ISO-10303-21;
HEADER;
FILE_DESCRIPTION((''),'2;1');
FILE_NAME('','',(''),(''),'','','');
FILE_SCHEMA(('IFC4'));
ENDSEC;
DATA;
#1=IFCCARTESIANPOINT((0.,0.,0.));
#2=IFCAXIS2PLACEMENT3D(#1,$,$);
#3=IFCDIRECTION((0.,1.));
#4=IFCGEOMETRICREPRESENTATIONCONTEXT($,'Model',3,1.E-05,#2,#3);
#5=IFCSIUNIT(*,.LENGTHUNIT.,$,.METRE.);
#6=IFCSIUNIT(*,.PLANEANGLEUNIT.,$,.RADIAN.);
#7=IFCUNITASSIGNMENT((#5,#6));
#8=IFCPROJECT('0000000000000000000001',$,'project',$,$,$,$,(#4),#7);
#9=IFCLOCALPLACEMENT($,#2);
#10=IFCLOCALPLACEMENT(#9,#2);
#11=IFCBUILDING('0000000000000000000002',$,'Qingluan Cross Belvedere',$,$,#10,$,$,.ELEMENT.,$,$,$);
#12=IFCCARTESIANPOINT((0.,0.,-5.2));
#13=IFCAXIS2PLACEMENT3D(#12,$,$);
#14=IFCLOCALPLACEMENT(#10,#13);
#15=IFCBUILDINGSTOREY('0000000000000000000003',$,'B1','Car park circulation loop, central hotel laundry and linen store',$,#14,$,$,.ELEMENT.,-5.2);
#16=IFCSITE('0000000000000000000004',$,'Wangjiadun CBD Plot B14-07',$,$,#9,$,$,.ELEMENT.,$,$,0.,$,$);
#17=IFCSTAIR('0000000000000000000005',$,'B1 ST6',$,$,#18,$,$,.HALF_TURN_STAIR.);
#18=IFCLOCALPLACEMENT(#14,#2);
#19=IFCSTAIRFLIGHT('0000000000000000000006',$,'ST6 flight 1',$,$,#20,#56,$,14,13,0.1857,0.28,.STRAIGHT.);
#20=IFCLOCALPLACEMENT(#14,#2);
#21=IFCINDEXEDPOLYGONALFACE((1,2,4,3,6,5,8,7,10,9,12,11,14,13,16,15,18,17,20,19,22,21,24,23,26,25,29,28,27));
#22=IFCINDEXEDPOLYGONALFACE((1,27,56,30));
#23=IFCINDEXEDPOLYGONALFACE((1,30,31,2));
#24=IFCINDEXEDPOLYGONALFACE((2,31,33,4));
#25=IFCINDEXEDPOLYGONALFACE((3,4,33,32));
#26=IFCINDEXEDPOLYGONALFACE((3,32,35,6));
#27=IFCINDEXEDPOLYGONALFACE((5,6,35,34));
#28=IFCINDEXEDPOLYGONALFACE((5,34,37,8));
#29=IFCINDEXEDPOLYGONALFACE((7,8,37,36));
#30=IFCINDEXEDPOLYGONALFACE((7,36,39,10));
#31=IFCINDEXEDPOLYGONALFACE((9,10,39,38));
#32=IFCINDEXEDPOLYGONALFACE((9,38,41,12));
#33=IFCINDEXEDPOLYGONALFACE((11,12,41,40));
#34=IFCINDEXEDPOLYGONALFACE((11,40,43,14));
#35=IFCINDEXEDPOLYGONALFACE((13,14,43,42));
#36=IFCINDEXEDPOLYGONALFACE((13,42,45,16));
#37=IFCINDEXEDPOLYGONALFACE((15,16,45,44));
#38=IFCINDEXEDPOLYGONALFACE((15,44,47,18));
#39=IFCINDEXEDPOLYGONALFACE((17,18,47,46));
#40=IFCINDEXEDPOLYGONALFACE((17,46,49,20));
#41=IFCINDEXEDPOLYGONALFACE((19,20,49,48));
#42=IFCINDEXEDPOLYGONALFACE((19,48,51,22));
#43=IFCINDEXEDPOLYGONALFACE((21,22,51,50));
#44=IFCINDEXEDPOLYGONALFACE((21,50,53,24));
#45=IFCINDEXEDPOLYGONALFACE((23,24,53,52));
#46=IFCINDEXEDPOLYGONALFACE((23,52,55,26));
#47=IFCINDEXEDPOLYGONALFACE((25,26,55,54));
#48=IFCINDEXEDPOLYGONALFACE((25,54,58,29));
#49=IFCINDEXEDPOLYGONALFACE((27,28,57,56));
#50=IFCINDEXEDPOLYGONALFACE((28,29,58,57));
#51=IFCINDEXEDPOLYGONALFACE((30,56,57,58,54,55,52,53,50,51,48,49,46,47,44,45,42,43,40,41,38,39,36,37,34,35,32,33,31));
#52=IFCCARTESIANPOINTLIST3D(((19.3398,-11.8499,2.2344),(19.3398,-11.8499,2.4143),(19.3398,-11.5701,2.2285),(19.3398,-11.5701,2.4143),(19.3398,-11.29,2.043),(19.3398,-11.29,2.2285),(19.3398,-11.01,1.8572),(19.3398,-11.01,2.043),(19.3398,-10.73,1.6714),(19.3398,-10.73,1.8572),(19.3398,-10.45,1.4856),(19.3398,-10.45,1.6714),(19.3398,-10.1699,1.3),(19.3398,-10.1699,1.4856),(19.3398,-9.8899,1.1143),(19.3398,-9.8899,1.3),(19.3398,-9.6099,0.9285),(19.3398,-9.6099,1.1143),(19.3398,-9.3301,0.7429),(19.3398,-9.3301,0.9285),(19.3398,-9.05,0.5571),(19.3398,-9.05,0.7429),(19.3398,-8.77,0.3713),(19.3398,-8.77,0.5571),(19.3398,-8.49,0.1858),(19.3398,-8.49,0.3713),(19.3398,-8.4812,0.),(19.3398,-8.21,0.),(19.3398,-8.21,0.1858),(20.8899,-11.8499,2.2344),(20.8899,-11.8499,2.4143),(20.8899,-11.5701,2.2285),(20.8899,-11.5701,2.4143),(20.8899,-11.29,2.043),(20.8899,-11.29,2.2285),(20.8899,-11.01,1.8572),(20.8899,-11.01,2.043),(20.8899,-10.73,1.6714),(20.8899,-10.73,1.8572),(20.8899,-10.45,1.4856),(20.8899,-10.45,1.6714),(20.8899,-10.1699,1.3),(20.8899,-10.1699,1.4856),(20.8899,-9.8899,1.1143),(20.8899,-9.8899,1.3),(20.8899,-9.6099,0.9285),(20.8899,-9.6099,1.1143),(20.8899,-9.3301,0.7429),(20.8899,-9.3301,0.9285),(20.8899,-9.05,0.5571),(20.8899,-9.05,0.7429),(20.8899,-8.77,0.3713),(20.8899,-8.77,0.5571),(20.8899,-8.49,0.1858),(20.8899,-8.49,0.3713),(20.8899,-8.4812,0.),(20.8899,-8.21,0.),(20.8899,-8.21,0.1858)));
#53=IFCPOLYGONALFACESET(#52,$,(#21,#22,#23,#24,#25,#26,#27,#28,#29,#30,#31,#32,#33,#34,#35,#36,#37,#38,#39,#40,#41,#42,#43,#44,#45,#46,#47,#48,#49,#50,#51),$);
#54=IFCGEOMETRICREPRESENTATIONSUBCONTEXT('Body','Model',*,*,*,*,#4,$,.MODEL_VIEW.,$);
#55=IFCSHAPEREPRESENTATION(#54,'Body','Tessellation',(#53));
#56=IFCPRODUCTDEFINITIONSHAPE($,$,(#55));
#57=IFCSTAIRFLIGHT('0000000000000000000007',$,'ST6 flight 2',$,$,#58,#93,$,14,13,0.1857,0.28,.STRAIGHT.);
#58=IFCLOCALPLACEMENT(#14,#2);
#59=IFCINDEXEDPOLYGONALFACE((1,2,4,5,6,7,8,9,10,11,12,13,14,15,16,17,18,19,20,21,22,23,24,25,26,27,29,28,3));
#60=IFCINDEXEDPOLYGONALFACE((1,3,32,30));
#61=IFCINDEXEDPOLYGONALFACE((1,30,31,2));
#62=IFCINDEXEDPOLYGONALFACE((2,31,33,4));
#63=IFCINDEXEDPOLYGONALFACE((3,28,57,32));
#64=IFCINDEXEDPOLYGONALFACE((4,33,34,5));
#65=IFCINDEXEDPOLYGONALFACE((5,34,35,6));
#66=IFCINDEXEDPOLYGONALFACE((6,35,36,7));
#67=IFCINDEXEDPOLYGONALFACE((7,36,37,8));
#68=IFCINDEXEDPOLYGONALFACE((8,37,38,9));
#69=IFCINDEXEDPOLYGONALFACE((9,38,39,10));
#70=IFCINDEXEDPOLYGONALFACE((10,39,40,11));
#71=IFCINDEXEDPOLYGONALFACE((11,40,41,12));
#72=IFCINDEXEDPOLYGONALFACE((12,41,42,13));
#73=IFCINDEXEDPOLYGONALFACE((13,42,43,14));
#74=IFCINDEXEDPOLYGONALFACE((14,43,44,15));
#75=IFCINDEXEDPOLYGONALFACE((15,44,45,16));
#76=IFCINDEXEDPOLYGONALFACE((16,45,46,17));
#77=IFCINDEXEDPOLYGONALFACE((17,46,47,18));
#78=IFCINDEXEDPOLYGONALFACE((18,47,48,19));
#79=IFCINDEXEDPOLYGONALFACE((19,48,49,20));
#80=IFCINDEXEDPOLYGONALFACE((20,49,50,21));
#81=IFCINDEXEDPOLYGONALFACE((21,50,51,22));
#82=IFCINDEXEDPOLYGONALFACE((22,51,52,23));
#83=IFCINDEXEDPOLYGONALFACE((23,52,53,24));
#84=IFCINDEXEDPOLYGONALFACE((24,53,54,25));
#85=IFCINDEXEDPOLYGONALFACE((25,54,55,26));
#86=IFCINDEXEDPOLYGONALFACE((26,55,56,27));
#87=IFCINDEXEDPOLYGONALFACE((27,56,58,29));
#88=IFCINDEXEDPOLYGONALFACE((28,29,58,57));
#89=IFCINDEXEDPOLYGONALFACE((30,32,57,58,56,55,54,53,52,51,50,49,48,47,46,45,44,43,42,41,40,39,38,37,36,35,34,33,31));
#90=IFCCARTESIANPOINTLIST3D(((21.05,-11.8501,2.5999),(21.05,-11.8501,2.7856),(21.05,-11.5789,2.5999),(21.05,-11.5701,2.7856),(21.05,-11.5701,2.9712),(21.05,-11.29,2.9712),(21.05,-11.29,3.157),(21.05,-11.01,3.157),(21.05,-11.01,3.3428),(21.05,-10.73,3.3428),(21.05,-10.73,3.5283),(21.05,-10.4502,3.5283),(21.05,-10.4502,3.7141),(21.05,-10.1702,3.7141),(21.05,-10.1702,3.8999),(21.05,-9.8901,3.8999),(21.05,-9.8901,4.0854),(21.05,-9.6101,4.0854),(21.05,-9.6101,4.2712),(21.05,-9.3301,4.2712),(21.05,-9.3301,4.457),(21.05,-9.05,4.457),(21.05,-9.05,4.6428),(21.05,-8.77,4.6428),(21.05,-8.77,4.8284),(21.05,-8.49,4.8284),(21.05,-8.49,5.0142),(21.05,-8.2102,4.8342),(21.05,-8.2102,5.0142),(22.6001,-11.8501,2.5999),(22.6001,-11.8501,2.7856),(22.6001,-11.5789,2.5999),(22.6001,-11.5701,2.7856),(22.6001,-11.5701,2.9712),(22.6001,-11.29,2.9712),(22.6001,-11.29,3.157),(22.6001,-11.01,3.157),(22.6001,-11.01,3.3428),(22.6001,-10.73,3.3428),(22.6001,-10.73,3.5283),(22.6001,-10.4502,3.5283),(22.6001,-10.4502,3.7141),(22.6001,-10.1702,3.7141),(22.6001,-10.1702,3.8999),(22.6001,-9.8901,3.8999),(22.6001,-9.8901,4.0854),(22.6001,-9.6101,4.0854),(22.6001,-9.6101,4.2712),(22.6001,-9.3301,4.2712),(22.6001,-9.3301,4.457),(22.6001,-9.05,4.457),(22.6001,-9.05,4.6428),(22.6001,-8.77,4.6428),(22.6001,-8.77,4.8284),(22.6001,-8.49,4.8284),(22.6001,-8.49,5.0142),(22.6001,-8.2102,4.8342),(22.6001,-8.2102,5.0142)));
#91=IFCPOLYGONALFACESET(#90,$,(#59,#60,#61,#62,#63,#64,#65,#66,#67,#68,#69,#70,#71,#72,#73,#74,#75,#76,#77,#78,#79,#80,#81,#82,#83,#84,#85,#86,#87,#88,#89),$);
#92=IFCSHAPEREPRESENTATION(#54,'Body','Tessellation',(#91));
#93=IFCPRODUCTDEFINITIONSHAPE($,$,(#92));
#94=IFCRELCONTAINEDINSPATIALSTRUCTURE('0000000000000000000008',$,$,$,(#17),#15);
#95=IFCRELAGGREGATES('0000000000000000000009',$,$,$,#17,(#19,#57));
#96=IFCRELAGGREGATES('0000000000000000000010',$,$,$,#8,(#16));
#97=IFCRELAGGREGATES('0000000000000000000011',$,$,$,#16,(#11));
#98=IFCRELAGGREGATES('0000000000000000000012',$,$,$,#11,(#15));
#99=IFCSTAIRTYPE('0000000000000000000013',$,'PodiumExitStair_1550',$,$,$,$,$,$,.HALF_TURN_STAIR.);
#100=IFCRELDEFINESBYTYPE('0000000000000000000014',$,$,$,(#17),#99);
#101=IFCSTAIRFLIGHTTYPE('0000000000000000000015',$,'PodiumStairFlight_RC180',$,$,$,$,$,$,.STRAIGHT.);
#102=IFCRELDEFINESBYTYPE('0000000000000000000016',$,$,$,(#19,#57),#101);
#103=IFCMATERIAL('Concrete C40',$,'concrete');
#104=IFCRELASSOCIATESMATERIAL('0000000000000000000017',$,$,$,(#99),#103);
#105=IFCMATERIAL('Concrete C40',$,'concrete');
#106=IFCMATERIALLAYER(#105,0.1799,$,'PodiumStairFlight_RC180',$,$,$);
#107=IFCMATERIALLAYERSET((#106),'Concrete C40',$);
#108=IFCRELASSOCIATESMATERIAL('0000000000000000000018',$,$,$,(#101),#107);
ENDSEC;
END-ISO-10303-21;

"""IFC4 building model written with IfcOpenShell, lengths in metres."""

from ifc_helpers import new_model, si_unit, direction, frame, origin, place, context, subcontext, project, spatial, polyline, outline, extrude, material, layer, layer_set, type_object, element, aggregate, save


model = new_model("IFC4")

# Units and contexts
model_context = context("Model", 3, precision=1e-05, world=origin(), true_north=direction((0.0, 1.0)))
body_context = subcontext(model_context, "Body", "Model", "MODEL_VIEW")
ifc_project = project(units=[si_unit("LENGTHUNIT", "METRE"), si_unit("PLANEANGLEUNIT", "RADIAN")], contexts=[model_context])

# Site, building, storey
site_placement = place(None, origin())
site = spatial("IfcSite", under=ifc_project, at=site_placement, Name="Wangjiadun CBD Plot B14-07", CompositionType="ELEMENT", RefElevation=0.0)
building_placement = place(site_placement, origin())
building = spatial("IfcBuilding", under=site, at=building_placement, Name="Qingluan Cross Belvedere", CompositionType="ELEMENT")
storey_placement = place(building_placement, frame((0.0, 0.0, -5.2)))
storey = spatial("IfcBuildingStorey", under=building, at=storey_placement, Name="B1", Description="Car park circulation loop, central hotel laundry and linen store", CompositionType="ELEMENT", Elevation=-5.2)

# Stair, stair flights
ifc_material_1 = material(Name="Concrete C40", Category="concrete")
stair_type = type_object("IfcStairType", Name="PodiumExitStair_1550", PredefinedType="HALF_TURN_STAIR", material=ifc_material_1)
stair_placement = place(storey_placement, origin())
stair = element("IfcStair", 1, at=stair_placement, inside=storey, type_object=stair_type, Name="B1 ST6", PredefinedType="HALF_TURN_STAIR")
ifc_material_2 = material(Name="Concrete C40", Category="concrete")
ifc_layer_1 = layer(ifc_material_2, 0.1799, Name="PodiumStairFlight_RC180")
ifc_layer_set_1 = layer_set([ifc_layer_1], Name="Concrete C40")
stair_flight_type = type_object("IfcStairFlightType", Name="PodiumStairFlight_RC180", PredefinedType="STRAIGHT", material=ifc_layer_set_1)
stair_flight_1_placement = place(storey_placement, frame((20.115, -8.21, 0.0), z_axis=(0.0, 0.0, 1.0), x_axis=(0.0, -1.0, 0.0)))
stair_flight_1 = element("IfcStairFlight", 2, at=stair_flight_1_placement, type_object=stair_flight_type, Name="ST6 flight 1", NumberOfRisers=14, NumberOfTreads=13, PredefinedType="STRAIGHT", RiserHeight=0.1857, TreadLength=0.28, context=body_context, shape_type="SweptSolid", body=[
    extrude(outline(polyline([(0.0, 0.0), (0.0, 0.1858), (0.28, 0.1858), (0.28, 0.3713), (0.5601, 0.3713), (0.5601, 0.5571), (0.8401, 0.5571), (0.8401, 0.7429), (1.1201, 0.7429), (1.1201, 0.9285), (1.3999, 0.9285), (1.3999, 1.1143), (1.6799, 1.1143), (1.6799, 1.3), (1.96, 1.3), (1.96, 1.4856), (2.24, 1.4856), (2.24, 1.6714), (2.52, 1.6714), (2.52, 1.8572), (2.8, 1.8572), (2.8, 2.043), (3.0801, 2.043), (3.0801, 2.2285), (3.3601, 2.2285), (3.3601, 2.4143), (3.6399, 2.4143), (3.6399, 2.6001), (3.6399, 2.2344), (0.2712, 0.0), (0.0, 0.0)])), frame((0.0, 0.7749, 0.0), z_axis=(0.0, -1.0, 0.0), x_axis=(1.0, 0.0, 0.0)), (0.0, 0.0, 1.0), 1.55),
])
stair_flight_2_placement = place(storey_placement, frame((21.825, -11.8501, 2.5999), z_axis=(0.0, 0.0, 1.0), x_axis=(0.0, 1.0, 0.0)))
stair_flight_2 = element("IfcStairFlight", 3, at=stair_flight_2_placement, type_object=stair_flight_type, Name="ST6 flight 2", NumberOfRisers=14, NumberOfTreads=13, PredefinedType="STRAIGHT", RiserHeight=0.1857, TreadLength=0.28, context=body_context, shape_type="SweptSolid", body=[
    extrude(outline(polyline([(0.0, 0.0), (0.0, 0.1858), (0.28, 0.1858), (0.28, 0.3713), (0.5601, 0.3713), (0.5601, 0.5571), (0.8401, 0.5571), (0.8401, 0.7429), (1.1201, 0.7429), (1.1201, 0.9285), (1.3999, 0.9285), (1.3999, 1.1143), (1.6799, 1.1143), (1.6799, 1.3), (1.96, 1.3), (1.96, 1.4856), (2.24, 1.4856), (2.24, 1.6714), (2.52, 1.6714), (2.52, 1.8572), (2.8, 1.8572), (2.8, 2.043), (3.0801, 2.043), (3.0801, 2.2285), (3.3601, 2.2285), (3.3601, 2.4143), (3.6399, 2.4143), (3.6399, 2.6001), (3.6399, 2.2344), (0.2712, 0.0), (0.0, 0.0)])), frame((0.0, 0.7749, 0.0), z_axis=(0.0, -1.0, 0.0), x_axis=(1.0, 0.0, 0.0)), (0.0, 0.0, 1.0), 1.55),
])
aggregate(stair, [stair_flight_1, stair_flight_2])

save(model, "model.ifc")
